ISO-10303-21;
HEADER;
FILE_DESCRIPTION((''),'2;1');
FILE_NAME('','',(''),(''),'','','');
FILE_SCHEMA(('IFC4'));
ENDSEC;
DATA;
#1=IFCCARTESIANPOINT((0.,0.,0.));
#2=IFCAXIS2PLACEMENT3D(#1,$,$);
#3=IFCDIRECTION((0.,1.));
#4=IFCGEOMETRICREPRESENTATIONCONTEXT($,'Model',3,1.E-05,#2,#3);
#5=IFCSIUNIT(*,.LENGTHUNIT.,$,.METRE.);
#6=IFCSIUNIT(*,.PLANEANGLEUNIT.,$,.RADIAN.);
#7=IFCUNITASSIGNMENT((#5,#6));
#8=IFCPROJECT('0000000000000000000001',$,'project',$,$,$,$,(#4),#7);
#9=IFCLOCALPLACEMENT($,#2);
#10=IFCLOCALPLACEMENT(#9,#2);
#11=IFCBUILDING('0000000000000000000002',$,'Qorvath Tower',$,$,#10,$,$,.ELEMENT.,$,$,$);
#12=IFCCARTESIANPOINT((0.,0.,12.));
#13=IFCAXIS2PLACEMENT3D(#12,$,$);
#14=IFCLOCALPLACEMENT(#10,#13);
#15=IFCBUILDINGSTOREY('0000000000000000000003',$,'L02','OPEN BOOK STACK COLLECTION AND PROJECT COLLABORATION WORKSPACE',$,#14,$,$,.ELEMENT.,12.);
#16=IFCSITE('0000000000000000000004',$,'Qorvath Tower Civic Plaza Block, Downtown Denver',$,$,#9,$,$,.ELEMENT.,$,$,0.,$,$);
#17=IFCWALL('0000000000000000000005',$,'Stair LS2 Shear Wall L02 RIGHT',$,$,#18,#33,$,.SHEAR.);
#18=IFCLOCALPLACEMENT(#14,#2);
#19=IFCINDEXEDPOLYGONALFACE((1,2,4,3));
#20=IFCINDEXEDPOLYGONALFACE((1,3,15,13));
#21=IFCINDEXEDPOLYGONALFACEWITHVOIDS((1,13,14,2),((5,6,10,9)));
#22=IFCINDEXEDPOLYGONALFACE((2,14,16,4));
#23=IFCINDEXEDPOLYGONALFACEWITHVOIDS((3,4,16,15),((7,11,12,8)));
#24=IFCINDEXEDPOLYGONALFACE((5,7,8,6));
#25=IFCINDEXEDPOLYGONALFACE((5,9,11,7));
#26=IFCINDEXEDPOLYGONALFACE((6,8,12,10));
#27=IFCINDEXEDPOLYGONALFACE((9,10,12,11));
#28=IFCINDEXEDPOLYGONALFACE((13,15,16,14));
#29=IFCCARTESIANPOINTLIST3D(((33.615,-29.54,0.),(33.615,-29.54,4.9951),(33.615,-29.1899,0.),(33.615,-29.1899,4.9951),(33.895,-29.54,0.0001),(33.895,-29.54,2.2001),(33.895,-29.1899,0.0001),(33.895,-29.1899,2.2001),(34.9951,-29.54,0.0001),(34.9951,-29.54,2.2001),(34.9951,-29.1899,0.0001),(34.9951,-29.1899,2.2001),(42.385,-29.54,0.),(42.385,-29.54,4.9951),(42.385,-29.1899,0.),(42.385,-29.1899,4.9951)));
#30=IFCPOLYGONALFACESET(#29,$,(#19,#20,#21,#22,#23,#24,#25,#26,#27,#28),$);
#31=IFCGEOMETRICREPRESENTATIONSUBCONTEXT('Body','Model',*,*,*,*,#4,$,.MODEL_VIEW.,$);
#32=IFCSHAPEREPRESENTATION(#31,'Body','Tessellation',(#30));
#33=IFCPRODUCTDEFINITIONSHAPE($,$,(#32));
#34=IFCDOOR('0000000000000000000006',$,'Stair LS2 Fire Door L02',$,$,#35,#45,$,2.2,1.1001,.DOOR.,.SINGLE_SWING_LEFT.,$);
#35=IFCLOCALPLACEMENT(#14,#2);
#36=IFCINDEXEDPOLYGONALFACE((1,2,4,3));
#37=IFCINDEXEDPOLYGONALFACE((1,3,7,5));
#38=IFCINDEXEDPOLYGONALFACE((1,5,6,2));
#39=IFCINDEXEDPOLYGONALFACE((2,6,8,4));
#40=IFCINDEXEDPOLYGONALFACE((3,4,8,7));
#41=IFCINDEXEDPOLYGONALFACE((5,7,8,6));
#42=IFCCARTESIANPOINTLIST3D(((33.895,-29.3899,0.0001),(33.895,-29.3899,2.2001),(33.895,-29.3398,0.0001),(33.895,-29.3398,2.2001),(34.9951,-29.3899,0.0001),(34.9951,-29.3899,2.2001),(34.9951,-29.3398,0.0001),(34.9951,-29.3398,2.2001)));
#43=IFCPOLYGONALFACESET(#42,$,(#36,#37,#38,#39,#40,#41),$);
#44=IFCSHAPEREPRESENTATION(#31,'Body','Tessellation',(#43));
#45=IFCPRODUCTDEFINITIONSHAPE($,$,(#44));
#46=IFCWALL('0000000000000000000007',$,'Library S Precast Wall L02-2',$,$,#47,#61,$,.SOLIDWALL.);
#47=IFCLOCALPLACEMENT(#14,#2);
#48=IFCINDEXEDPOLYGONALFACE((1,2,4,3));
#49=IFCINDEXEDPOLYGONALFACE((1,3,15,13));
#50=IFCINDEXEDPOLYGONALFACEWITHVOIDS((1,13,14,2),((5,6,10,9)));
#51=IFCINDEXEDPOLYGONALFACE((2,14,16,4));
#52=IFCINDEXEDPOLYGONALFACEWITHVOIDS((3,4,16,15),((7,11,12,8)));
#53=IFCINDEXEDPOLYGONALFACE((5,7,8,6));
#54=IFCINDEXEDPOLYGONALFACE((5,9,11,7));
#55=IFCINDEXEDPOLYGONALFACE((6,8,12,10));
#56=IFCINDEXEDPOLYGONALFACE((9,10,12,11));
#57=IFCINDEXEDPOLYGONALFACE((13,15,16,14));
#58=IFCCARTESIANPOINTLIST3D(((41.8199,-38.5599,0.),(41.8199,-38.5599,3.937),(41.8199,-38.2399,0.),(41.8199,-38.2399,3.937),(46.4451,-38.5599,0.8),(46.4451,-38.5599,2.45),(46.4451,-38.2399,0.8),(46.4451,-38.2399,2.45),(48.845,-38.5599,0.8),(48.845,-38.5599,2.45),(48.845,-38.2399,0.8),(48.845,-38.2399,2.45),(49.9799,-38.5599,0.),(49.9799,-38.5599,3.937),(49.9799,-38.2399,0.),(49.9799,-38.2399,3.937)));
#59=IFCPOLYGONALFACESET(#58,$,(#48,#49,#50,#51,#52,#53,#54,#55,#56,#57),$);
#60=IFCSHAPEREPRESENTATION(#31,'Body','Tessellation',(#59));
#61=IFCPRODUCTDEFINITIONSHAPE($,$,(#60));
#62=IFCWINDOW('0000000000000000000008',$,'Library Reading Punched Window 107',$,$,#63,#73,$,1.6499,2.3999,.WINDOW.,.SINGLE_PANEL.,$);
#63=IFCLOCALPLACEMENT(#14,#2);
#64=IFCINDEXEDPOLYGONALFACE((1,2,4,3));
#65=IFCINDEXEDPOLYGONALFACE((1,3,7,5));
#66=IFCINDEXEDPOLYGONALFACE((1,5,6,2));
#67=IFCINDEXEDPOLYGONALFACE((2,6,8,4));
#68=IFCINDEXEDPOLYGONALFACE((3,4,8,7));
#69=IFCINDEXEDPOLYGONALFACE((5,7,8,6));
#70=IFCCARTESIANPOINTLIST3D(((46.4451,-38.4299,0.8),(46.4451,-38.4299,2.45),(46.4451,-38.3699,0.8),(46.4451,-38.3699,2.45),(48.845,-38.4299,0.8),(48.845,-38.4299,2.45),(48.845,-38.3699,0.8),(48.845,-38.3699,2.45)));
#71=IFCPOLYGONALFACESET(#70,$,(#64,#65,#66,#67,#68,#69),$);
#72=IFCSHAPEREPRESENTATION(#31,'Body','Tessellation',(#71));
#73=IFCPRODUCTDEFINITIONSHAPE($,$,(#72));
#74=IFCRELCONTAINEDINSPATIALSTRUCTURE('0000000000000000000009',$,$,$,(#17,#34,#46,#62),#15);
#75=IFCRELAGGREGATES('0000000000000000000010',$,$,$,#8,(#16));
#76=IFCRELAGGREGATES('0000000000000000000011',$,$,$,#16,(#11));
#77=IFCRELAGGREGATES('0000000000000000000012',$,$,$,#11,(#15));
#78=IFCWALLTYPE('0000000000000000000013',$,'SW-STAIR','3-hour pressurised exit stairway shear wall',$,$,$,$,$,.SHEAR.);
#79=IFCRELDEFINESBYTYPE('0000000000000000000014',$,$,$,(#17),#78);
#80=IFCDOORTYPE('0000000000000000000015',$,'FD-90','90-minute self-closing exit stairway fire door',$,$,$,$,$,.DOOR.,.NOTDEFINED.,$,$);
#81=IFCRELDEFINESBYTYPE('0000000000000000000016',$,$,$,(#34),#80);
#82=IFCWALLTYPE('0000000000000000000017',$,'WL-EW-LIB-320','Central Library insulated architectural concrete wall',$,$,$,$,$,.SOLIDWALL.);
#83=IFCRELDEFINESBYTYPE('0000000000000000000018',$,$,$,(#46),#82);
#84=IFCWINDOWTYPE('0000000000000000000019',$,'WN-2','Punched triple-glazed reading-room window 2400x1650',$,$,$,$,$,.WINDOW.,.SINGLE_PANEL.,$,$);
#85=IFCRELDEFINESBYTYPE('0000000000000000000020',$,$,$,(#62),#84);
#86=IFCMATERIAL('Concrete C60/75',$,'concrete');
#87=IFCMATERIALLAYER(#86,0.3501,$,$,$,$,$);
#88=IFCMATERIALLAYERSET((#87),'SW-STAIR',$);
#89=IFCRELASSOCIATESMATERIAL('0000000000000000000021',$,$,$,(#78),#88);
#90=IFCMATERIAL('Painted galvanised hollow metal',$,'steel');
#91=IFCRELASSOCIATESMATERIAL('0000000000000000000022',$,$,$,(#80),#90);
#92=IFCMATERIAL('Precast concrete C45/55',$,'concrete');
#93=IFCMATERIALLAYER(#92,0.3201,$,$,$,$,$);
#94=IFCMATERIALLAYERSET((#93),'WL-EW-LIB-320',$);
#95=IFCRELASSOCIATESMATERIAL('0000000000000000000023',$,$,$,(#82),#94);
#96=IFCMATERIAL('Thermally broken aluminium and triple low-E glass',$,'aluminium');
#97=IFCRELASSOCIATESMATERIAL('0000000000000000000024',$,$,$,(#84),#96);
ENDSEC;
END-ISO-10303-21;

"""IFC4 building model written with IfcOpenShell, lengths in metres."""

from ifc_helpers import new_model, si_unit, direction, frame, frame_2d, origin, place, context, subcontext, project, spatial, rectangle, extrude, material, layer, layer_set, type_object, element, fill, save


model = new_model("IFC4")

# Units and contexts
model_context = context("Model", 3, precision=1e-05, world=origin(), true_north=direction((0.0, 1.0)))
body_context = subcontext(model_context, "Body", "Model", "MODEL_VIEW")
ifc_project = project(units=[si_unit("LENGTHUNIT", "METRE"), si_unit("PLANEANGLEUNIT", "RADIAN")], contexts=[model_context])

# Site, building, storey
site_placement = place(None, origin())
site = spatial("IfcSite", under=ifc_project, at=site_placement, Name="Qorvath Tower Civic Plaza Block, Downtown Denver", CompositionType="ELEMENT", RefElevation=0.0)
building_placement = place(site_placement, origin())
building = spatial("IfcBuilding", under=site, at=building_placement, Name="Qorvath Tower", CompositionType="ELEMENT")
storey_placement = place(building_placement, frame((0.0, 0.0, 12.0)))
storey = spatial("IfcBuildingStorey", under=building, at=storey_placement, Name="L02", Description="OPEN BOOK STACK COLLECTION AND PROJECT COLLABORATION WORKSPACE", CompositionType="ELEMENT", Elevation=12.0)

# Shared definitions
ifc_material_1 = material(Name="Concrete C60/75", Category="concrete")
ifc_layer_1 = layer(ifc_material_1, 0.3501)
ifc_layer_set_1 = layer_set([ifc_layer_1], Name="SW-STAIR")
wall_type_1 = type_object("IfcWallType", Name="SW-STAIR", Description="3-hour pressurised exit stairway shear wall", PredefinedType="SHEAR", material=ifc_layer_set_1)

# Wall, opening, door
wall_1_placement = place(storey_placement, frame((42.385, -29.365, 0.0), z_axis=(0.0, 0.0, 1.0), x_axis=(-1.0, 0.0, 0.0)))
wall_1 = element("IfcWall", 1, at=wall_1_placement, inside=storey, type_object=wall_type_1, Name="Stair LS2 Shear Wall L02 RIGHT", PredefinedType="SHEAR", context=body_context, shape_type="SweptSolid", body=[
    extrude(rectangle(XDim=8.77, YDim=0.3501, at=frame_2d((4.385, 0.0))), origin(), (0.0, 0.0, 1.0), 4.9951),
])
opening_1_placement = place(wall_1_placement, frame((7.3899, 0.0, 0.0)))
opening_1 = element("IfcOpeningElement", 2, at=opening_1_placement, cuts=wall_1, PredefinedType="OPENING", context=body_context, shape_type="SweptSolid", body=[
    extrude(rectangle(XDim=1.1001, YDim=2.2, at=frame_2d((0.55, 1.1001))), frame((0.0, 0.1851, 0.0), z_axis=(0.0, -1.0, 0.0), x_axis=(1.0, 0.0, 0.0)), (0.0, 0.0, 1.0), 0.3701),
])
ifc_material_2 = material(Name="Painted galvanised hollow metal", Category="steel")
door_type_1 = type_object("IfcDoorType", Name="FD-90", Description="90-minute self-closing exit stairway fire door", OperationType="NOTDEFINED", PredefinedType="DOOR", material=ifc_material_2)
door_1_placement = place(opening_1_placement, origin())
door_1 = element("IfcDoor", 3, at=door_1_placement, inside=storey, type_object=door_type_1, Name="Stair LS2 Fire Door L02", OperationType="SINGLE_SWING_LEFT", OverallHeight=2.2, OverallWidth=1.1001, PredefinedType="DOOR", context=body_context, shape_type="SweptSolid", body=[
    extrude(rectangle(XDim=1.1001, YDim=2.2, at=frame_2d((0.55, 1.1001))), frame((0.0, 0.0249, 0.0), z_axis=(0.0, -1.0, 0.0), x_axis=(1.0, 0.0, 0.0)), (0.0, 0.0, 1.0), 0.05),
])
fill(opening_1, door_1)

# Wall, opening, window
ifc_material_3 = material(Name="Precast concrete C45/55", Category="concrete")
ifc_layer_2 = layer(ifc_material_3, 0.3201)
ifc_layer_set_2 = layer_set([ifc_layer_2], Name="WL-EW-LIB-320")
wall_type_2 = type_object("IfcWallType", Name="WL-EW-LIB-320", Description="Central Library insulated architectural concrete wall", PredefinedType="SOLIDWALL", material=ifc_layer_set_2)
wall_2_placement = place(storey_placement, frame((49.98, -38.3999, 0.0), z_axis=(0.0, 0.0, 1.0), x_axis=(-1.0, 0.0, 0.0)))
wall_2 = element("IfcWall", 4, at=wall_2_placement, inside=storey, type_object=wall_type_2, Name="Library S Precast Wall L02-2", PredefinedType="SOLIDWALL", context=body_context, shape_type="SweptSolid", body=[
    extrude(rectangle(XDim=8.1599, YDim=0.3201, at=frame_2d((4.0801, 0.0))), origin(), (0.0, 0.0, 1.0), 3.937),
])
opening_2_placement = place(wall_2_placement, frame((1.135, 0.0, 0.8)))
opening_2 = element("IfcOpeningElement", 5, at=opening_2_placement, cuts=wall_2, PredefinedType="OPENING", context=body_context, shape_type="SweptSolid", body=[
    extrude(rectangle(XDim=2.3999, YDim=1.6499, at=frame_2d((1.2, 0.825))), frame((0.0, 0.1699, 0.0), z_axis=(0.0, -1.0, 0.0), x_axis=(1.0, 0.0, 0.0)), (0.0, 0.0, 1.0), 0.3401),
])
ifc_material_4 = material(Name="Thermally broken aluminium and triple low-E glass", Category="aluminium")
window_type = type_object("IfcWindowType", Name="WN-2", Description="Punched triple-glazed reading-room window 2400x1650", PartitioningType="SINGLE_PANEL", PredefinedType="WINDOW", material=ifc_material_4)
window_placement = place(opening_2_placement, origin())
window = element("IfcWindow", 6, at=window_placement, inside=storey, type_object=window_type, Name="Library Reading Punched Window 107", OverallHeight=1.6499, OverallWidth=2.3999, PartitioningType="SINGLE_PANEL", PredefinedType="WINDOW", context=body_context, shape_type="SweptSolid", body=[
    extrude(rectangle(XDim=2.3999, YDim=1.6499, at=frame_2d((1.2, 0.825))), frame((0.0, 0.03, 0.0), z_axis=(0.0, -1.0, 0.0), x_axis=(1.0, 0.0, 0.0)), (0.0, 0.0, 1.0), 0.0601),
])
fill(opening_2, window)

save(model, "model.ifc")
